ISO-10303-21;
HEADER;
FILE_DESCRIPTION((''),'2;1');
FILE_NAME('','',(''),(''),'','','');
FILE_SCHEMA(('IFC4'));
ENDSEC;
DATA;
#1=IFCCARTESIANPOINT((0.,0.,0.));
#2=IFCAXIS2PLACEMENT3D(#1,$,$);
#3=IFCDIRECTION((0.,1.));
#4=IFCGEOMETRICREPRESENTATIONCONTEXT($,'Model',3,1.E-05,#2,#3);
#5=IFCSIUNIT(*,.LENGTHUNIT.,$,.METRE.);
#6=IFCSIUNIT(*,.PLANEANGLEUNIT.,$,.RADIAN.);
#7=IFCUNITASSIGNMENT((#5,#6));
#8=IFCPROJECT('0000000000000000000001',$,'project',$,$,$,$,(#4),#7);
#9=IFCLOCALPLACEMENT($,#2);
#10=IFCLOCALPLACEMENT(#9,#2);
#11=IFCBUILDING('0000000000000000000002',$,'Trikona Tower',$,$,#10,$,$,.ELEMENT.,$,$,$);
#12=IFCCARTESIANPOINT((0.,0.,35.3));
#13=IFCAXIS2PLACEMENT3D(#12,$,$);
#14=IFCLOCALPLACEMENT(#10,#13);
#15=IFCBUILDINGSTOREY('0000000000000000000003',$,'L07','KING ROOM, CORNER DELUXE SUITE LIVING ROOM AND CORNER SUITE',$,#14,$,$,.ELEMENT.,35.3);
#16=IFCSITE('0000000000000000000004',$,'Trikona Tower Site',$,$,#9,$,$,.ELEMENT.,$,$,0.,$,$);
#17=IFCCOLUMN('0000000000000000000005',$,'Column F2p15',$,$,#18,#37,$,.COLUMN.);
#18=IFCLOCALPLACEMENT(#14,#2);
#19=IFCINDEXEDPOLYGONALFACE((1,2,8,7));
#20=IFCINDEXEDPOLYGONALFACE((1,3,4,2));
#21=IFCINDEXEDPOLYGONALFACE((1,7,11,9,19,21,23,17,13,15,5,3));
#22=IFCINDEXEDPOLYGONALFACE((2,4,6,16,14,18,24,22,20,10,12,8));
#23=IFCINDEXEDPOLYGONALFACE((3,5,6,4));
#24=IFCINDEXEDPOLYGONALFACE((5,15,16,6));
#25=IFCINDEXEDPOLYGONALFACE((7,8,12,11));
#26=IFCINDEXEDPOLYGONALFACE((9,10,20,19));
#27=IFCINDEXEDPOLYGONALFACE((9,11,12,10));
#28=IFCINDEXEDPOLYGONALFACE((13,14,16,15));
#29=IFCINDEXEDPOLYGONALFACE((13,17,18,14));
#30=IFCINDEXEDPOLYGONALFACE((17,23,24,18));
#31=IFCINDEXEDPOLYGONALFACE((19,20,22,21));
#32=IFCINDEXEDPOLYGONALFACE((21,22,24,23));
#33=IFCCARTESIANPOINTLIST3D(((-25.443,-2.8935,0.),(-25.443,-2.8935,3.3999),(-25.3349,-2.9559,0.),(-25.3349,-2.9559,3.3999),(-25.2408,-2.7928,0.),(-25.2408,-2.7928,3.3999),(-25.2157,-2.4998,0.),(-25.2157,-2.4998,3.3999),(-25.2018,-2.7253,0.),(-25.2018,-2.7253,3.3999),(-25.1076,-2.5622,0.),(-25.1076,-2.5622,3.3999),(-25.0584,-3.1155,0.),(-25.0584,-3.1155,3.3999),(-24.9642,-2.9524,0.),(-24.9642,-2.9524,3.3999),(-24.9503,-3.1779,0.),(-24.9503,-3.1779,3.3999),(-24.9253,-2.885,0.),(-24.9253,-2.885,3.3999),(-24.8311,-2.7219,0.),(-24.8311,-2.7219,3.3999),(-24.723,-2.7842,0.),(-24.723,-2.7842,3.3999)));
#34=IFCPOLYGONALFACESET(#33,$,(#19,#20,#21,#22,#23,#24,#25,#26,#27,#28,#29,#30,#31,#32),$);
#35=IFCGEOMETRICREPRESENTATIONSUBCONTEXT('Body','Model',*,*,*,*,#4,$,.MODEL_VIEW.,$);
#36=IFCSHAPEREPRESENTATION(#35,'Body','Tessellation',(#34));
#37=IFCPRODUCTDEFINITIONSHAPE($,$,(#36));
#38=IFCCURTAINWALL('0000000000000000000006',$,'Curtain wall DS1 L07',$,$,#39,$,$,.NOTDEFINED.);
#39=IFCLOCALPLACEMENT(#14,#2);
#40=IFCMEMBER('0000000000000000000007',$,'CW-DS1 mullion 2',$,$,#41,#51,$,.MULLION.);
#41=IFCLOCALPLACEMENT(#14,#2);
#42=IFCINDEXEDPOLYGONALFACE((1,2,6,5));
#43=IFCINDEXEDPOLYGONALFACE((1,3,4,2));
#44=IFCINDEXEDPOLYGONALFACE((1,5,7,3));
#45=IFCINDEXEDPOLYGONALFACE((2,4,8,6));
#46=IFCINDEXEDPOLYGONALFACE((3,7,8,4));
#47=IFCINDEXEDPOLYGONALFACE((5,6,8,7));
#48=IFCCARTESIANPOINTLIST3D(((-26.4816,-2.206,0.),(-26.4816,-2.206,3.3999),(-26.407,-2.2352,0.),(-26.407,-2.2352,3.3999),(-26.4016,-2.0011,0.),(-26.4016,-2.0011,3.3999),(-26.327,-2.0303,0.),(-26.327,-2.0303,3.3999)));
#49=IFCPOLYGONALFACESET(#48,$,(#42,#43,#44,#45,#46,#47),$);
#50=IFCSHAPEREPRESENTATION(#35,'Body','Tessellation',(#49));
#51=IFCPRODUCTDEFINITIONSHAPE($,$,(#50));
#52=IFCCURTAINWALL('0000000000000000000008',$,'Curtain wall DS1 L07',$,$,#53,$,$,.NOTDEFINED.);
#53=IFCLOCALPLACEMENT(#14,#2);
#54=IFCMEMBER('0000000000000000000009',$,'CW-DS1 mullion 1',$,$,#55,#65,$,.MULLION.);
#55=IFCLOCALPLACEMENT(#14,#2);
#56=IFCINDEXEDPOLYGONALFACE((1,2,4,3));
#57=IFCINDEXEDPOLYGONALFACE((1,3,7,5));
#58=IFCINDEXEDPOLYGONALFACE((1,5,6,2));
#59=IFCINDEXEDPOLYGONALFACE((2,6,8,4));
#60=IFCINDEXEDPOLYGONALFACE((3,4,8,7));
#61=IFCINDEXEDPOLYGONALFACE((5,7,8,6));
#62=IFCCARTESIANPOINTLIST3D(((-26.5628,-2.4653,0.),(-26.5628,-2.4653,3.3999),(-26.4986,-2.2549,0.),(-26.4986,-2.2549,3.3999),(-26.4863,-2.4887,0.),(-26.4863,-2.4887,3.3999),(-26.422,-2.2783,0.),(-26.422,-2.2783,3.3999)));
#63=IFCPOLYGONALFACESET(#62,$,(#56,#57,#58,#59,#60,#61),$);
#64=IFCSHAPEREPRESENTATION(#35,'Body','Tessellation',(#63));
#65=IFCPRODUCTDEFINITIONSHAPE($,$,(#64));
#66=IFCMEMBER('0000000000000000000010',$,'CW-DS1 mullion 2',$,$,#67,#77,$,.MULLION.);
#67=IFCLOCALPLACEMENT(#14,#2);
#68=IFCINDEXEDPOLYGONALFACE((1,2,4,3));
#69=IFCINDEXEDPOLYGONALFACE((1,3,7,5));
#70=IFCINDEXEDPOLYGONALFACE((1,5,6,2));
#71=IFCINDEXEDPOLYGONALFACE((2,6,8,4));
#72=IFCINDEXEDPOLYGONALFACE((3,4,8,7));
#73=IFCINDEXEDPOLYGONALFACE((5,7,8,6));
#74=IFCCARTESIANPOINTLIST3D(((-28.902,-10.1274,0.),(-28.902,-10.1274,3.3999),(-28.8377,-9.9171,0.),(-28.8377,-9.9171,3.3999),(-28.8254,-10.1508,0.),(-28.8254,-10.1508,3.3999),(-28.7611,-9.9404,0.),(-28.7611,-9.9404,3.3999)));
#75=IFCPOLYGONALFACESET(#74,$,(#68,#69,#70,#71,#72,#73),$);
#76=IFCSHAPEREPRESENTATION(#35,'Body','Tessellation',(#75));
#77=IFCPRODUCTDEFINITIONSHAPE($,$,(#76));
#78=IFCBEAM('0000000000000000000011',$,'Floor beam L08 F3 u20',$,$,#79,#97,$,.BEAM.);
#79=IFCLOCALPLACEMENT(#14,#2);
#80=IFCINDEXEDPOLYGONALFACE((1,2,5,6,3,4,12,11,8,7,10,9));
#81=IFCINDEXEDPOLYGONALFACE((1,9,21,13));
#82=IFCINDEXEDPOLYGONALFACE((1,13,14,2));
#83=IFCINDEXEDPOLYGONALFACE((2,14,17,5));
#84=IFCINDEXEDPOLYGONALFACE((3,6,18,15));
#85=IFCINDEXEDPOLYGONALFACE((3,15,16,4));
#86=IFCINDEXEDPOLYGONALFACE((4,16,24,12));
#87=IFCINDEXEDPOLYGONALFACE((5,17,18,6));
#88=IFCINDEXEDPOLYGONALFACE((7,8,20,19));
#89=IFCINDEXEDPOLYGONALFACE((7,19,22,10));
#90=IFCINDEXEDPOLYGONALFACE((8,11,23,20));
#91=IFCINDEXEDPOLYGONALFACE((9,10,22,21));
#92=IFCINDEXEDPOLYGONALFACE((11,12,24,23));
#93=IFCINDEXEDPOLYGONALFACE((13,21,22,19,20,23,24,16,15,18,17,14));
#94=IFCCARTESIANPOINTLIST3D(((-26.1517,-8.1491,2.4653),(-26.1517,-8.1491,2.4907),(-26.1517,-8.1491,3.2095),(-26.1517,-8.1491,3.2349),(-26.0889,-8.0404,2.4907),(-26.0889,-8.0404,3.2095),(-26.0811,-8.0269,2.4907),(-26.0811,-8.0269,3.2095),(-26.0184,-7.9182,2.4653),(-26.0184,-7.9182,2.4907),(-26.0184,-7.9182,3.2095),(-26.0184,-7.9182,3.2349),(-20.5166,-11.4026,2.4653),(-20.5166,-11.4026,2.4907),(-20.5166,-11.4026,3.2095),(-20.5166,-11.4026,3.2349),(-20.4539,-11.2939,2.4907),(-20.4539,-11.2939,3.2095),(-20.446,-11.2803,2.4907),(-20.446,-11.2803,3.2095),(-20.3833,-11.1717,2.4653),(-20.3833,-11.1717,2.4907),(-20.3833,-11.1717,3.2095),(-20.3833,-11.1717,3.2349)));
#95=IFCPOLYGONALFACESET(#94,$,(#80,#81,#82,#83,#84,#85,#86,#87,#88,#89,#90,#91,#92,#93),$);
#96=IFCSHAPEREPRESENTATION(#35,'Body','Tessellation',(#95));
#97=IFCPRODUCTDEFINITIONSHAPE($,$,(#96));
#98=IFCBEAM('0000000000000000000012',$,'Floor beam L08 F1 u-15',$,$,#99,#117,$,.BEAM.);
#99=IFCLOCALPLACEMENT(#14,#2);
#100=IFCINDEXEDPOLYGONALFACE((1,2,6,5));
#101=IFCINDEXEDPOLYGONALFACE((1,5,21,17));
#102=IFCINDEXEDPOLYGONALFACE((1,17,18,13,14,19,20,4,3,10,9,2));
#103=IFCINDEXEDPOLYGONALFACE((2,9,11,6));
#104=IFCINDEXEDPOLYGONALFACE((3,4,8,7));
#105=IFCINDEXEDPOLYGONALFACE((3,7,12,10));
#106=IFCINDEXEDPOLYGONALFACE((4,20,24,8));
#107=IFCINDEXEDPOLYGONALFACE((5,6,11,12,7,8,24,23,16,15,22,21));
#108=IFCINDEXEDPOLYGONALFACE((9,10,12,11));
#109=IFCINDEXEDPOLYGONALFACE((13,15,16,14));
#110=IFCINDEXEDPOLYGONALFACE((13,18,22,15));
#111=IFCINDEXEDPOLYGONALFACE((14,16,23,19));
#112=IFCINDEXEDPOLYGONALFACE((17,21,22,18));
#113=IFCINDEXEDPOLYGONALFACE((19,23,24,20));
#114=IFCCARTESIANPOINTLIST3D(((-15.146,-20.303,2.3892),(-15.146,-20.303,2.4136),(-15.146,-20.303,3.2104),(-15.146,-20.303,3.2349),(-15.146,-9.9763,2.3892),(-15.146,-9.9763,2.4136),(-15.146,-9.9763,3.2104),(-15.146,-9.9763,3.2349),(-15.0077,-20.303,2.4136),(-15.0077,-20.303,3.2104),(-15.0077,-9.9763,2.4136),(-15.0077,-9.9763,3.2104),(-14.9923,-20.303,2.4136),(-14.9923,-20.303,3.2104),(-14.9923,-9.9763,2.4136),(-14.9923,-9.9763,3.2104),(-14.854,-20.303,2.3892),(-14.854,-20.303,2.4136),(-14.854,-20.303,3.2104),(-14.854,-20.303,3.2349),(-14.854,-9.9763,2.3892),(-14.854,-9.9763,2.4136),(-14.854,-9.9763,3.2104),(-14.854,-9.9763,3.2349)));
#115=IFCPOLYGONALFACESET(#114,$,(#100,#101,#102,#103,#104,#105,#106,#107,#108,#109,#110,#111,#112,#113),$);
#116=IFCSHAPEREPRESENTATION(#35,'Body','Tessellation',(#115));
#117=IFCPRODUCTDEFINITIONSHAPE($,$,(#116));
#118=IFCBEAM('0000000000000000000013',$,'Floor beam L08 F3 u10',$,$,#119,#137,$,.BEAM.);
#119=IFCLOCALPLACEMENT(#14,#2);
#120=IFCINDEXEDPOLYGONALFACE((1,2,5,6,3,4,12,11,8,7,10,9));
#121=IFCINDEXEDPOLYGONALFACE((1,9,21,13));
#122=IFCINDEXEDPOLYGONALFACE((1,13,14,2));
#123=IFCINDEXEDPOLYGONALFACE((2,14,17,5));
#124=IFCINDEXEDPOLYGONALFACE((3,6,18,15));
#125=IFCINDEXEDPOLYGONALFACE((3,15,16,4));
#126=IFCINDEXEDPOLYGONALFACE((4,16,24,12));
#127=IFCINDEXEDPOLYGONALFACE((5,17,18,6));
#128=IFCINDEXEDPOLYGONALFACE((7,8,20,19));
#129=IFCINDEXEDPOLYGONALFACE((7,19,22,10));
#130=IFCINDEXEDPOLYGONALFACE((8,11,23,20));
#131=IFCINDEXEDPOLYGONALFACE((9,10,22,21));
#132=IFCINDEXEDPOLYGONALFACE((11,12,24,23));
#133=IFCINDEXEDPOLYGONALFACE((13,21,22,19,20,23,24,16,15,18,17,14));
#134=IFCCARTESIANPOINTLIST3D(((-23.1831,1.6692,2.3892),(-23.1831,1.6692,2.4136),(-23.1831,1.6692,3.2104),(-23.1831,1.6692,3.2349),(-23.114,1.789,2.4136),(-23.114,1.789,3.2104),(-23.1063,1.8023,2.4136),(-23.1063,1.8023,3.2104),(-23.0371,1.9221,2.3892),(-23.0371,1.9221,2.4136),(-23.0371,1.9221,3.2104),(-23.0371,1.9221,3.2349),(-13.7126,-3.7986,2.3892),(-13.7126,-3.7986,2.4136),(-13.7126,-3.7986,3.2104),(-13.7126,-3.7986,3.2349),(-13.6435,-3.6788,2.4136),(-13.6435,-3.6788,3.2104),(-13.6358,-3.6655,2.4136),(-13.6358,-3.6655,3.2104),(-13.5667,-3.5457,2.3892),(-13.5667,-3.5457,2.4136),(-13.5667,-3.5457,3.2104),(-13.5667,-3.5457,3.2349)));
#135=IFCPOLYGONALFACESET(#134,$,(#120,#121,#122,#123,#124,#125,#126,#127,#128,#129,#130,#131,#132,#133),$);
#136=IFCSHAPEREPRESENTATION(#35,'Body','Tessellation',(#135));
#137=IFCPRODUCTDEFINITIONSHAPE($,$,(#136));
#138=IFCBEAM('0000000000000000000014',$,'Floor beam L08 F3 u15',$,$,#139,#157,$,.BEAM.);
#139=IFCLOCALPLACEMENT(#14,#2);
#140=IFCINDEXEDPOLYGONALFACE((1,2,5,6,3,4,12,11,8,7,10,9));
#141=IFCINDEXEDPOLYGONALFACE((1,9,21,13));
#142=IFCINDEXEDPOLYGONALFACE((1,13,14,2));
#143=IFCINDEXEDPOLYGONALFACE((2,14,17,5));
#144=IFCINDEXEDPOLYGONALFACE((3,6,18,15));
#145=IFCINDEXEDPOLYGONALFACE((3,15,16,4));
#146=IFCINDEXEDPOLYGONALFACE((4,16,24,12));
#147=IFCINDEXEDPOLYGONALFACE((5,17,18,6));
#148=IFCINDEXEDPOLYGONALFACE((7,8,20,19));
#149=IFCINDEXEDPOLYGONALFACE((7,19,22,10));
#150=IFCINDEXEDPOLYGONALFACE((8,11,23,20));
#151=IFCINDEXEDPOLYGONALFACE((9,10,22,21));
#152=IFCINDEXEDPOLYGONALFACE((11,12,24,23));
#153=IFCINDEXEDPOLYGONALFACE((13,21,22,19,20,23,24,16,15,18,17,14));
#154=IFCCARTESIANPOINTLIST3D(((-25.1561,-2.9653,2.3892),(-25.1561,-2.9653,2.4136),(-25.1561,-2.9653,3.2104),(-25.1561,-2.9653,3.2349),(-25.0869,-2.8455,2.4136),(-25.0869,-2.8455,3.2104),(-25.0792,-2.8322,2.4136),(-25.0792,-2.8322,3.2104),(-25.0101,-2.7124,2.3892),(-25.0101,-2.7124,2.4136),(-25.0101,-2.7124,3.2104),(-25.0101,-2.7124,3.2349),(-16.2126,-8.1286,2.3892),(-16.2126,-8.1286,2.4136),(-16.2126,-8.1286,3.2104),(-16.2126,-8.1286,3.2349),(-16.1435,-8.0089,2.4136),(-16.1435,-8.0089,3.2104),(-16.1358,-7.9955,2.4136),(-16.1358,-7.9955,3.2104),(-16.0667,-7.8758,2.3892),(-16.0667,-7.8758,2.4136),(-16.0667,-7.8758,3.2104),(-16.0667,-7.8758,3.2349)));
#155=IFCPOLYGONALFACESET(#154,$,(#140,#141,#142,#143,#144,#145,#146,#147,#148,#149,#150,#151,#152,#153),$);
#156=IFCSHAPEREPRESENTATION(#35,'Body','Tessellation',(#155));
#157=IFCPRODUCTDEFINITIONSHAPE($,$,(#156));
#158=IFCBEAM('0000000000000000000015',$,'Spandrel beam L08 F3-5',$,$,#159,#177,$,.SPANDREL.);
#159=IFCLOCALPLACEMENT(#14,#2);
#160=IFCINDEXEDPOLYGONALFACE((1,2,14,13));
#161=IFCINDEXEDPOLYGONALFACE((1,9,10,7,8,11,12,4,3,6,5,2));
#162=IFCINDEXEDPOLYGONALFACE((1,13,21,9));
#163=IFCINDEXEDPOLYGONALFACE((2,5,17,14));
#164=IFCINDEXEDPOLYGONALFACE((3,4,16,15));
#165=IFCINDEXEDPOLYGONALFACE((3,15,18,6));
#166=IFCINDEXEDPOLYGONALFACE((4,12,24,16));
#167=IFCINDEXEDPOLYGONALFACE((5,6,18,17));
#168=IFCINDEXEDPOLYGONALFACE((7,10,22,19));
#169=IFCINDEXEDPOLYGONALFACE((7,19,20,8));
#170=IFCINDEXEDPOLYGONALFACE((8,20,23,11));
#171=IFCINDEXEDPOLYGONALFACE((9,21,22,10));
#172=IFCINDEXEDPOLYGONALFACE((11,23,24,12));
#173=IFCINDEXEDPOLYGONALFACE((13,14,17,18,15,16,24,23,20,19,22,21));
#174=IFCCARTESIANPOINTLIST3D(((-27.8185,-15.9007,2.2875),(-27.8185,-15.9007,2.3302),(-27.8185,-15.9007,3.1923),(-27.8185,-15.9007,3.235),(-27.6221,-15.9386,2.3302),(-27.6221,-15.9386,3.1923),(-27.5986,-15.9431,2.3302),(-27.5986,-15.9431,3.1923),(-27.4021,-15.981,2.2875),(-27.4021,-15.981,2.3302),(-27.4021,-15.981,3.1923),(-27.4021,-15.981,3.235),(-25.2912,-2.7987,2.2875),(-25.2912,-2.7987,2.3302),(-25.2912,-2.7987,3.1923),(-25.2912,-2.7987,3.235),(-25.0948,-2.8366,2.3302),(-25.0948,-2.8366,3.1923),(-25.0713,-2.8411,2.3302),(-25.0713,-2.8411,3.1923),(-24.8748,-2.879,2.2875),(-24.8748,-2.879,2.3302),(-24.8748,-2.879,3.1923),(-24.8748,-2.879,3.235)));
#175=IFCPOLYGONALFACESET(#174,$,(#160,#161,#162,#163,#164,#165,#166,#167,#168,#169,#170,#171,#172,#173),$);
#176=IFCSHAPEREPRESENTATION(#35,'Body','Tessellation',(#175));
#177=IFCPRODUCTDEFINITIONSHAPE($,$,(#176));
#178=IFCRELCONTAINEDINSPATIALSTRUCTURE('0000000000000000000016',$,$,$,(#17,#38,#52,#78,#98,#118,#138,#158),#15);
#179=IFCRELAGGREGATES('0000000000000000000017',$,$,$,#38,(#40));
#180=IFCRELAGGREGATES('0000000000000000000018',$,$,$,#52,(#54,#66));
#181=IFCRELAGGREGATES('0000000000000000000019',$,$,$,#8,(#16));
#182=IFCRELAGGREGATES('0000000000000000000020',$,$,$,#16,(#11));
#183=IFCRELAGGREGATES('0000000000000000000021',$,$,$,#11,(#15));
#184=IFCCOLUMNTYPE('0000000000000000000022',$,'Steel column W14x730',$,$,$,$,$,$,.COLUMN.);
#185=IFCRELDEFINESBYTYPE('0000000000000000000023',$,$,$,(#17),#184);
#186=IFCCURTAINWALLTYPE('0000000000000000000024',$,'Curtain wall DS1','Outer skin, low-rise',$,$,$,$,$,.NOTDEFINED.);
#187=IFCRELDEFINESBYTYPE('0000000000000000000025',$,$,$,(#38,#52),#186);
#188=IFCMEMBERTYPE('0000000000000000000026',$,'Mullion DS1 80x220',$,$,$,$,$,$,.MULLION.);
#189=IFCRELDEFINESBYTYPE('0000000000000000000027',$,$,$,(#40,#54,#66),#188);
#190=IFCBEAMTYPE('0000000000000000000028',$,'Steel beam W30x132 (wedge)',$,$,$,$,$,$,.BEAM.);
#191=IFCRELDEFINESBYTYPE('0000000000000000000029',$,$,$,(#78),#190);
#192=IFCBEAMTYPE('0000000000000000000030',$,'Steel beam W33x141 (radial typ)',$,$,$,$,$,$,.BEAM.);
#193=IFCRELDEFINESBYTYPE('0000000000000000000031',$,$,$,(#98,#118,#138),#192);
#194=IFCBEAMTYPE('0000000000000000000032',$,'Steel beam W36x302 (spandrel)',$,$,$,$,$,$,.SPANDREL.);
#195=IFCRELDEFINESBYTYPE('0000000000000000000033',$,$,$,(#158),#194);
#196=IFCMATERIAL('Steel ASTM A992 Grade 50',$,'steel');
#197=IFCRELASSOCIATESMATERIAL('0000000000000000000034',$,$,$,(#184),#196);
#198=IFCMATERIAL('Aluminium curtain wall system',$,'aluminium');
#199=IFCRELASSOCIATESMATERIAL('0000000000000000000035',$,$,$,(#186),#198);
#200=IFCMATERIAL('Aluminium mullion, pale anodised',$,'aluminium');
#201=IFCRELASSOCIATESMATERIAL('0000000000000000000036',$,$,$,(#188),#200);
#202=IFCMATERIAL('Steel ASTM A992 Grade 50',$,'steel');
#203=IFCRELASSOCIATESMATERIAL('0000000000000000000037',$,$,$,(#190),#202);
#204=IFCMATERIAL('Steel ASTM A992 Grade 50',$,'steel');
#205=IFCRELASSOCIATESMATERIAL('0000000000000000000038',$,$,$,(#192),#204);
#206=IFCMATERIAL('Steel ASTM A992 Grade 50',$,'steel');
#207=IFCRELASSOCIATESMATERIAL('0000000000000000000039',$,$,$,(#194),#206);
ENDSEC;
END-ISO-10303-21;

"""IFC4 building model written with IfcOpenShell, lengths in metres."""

from ifc_helpers import new_model, si_unit, direction, frame, origin, origin_2d, place, context, subcontext, project, spatial, rectangle, i_section, extrude, material, material_profile, profile_set, type_object, element, aggregate, save


model = new_model("IFC4")

# Units and contexts
model_context = context("Model", 3, precision=1e-05, world=origin(), true_north=direction((0.0, 1.0)))
body_context = subcontext(model_context, "Body", "Model", "MODEL_VIEW")
ifc_project = project(units=[si_unit("LENGTHUNIT", "METRE"), si_unit("PLANEANGLEUNIT", "RADIAN")], contexts=[model_context])

# Site, building, storey
site_placement = place(None, origin())
site = spatial("IfcSite", under=ifc_project, at=site_placement, Name="Trikona Tower Site", CompositionType="ELEMENT", RefElevation=0.0)
building_placement = place(site_placement, origin())
building = spatial("IfcBuilding", under=site, at=building_placement, Name="Trikona Tower", CompositionType="ELEMENT")
storey_placement = place(building_placement, frame((0.0, 0.0, 35.3)))
storey = spatial("IfcBuildingStorey", under=building, at=storey_placement, Name="L07", Description="KING ROOM, CORNER DELUXE SUITE LIVING ROOM AND CORNER SUITE", CompositionType="ELEMENT", Elevation=35.3)

# Column
ifc_material_1 = material(Name="Steel ASTM A992 Grade 50", Category="steel")
ifc_material_profile_1 = material_profile(ifc_material_1, i_section(OverallWidth=0.4546, OverallDepth=0.5688, WebThickness=0.0779, FlangeThickness=0.1248, at=origin_2d()), Name="W14X730")
ifc_profile_set_1 = profile_set([ifc_material_profile_1], Name="Steel ASTM A992 Grade 50")
column_type = type_object("IfcColumnType", Name="Steel column W14x730", PredefinedType="COLUMN", material=ifc_profile_set_1)
column_placement = place(storey_placement, frame((-25.083, -2.8389, 0.0), z_axis=(0.0, 0.0, 1.0), x_axis=(-0.5, -0.866025, 0.0)))
element("IfcColumn", 1, at=column_placement, inside=storey, type_object=column_type, Name="Column F2p15", PredefinedType="COLUMN", context=body_context, shape_type="SweptSolid", body=[
    extrude(i_section(OverallWidth=0.4546, OverallDepth=0.5688, WebThickness=0.0779, FlangeThickness=0.1248, at=origin_2d()), origin(), (0.0, 0.0, 1.0), 3.3999),
])

# Curtain wall, member
ifc_material_2 = material(Name="Aluminium curtain wall system", Category="aluminium")
curtain_wall_type = type_object("IfcCurtainWallType", Name="Curtain wall DS1", Description="Outer skin, low-rise", PredefinedType="NOTDEFINED", material=ifc_material_2)
curtain_wall_1_placement = place(storey_placement, origin())
curtain_wall_1 = element("IfcCurtainWall", 2, at=curtain_wall_1_placement, inside=storey, type_object=curtain_wall_type, Name="Curtain wall DS1 L07", PredefinedType="NOTDEFINED")
ifc_material_3 = material(Name="Aluminium mullion, pale anodised", Category="aluminium")
ifc_material_profile_2 = material_profile(ifc_material_3, rectangle(XDim=0.0801, YDim=0.22, at=origin_2d()), Name="MUL-DS1")
ifc_profile_set_2 = profile_set([ifc_material_profile_2], Name="Aluminium mullion, pale anodised")
member_type_1 = type_object("IfcMemberType", Name="Mullion DS1 80x220", PredefinedType="MULLION", material=ifc_profile_set_2)
member_1_placement = place(storey_placement, frame((-26.4043, -2.1182, 0.0), z_axis=(0.0, 0.0, 1.0), x_axis=(0.931396, -0.364008, 0.0)))
member_1 = element("IfcMember", 3, at=member_1_placement, type_object=member_type_1, Name="CW-DS1 mullion 2", PredefinedType="MULLION", context=body_context, shape_type="SweptSolid", body=[
    extrude(rectangle(XDim=0.0801, YDim=0.22, at=origin_2d()), origin(), (0.0, 0.0, 1.0), 3.3999),
])
aggregate(curtain_wall_1, [member_1])

# Curtain wall, members
curtain_wall_2_placement = place(storey_placement, origin())
curtain_wall_2 = element("IfcCurtainWall", 4, at=curtain_wall_2_placement, inside=storey, type_object=curtain_wall_type, Name="Curtain wall DS1 L07", PredefinedType="NOTDEFINED")
member_2_placement = place(storey_placement, frame((-26.4924, -2.3718, 0.0), z_axis=(0.0, 0.0, 1.0), x_axis=(0.956423, -0.291984, 0.0)))
member_2 = element("IfcMember", 5, at=member_2_placement, type_object=member_type_1, Name="CW-DS1 mullion 1", PredefinedType="MULLION", context=body_context, shape_type="SweptSolid", body=[
    extrude(rectangle(XDim=0.0801, YDim=0.22, at=origin_2d()), origin(), (0.0, 0.0, 1.0), 3.3999),
])
member_3_placement = place(storey_placement, frame((-28.8315, -10.0339, 0.0), z_axis=(0.0, 0.0, 1.0), x_axis=(0.956423, -0.291984, 0.0)))
member_3 = element("IfcMember", 6, at=member_3_placement, type_object=member_type_1, Name="CW-DS1 mullion 2", PredefinedType="MULLION", context=body_context, shape_type="SweptSolid", body=[
    extrude(rectangle(XDim=0.0801, YDim=0.22, at=origin_2d()), origin(), (0.0, 0.0, 1.0), 3.3999),
])

# Beams
ifc_material_4 = material(Name="Steel ASTM A992 Grade 50", Category="steel")
ifc_material_profile_3 = material_profile(ifc_material_4, i_section(OverallWidth=0.2666, OverallDepth=0.7695, WebThickness=0.0156, FlangeThickness=0.0254, at=origin_2d()), Name="W30X132")
ifc_profile_set_3 = profile_set([ifc_material_profile_3], Name="Steel ASTM A992 Grade 50")
beam_type_1 = type_object("IfcBeamType", Name="Steel beam W30x132 (wedge)", PredefinedType="BEAM", material=ifc_profile_set_3)
beam_1_placement = place(storey_placement, frame((-20.45, -11.2871, 2.8501), z_axis=(-0.866023, 0.500005, 0.0), x_axis=(-0.500005, -0.866023, 0.0)))
element("IfcBeam", 7, at=beam_1_placement, inside=storey, type_object=beam_type_1, Name="Floor beam L08 F3 u20", PredefinedType="BEAM", context=body_context, shape_type="SweptSolid", body=[
    extrude(i_section(OverallWidth=0.2666, OverallDepth=0.7695, WebThickness=0.0156, FlangeThickness=0.0254, at=origin_2d()), origin(), (0.0, 0.0, 1.0), 6.5068),
])
ifc_material_5 = material(Name="Steel ASTM A992 Grade 50", Category="steel")
ifc_material_profile_4 = material_profile(ifc_material_5, i_section(OverallWidth=0.292, OverallDepth=0.8457, WebThickness=0.0154, FlangeThickness=0.0244, at=origin_2d()), Name="W33X141")
ifc_profile_set_4 = profile_set([ifc_material_profile_4], Name="Steel ASTM A992 Grade 50")
beam_type_2 = type_object("IfcBeamType", Name="Steel beam W33x141 (radial typ)", PredefinedType="BEAM", material=ifc_profile_set_4)
beam_2_placement = place(storey_placement, frame((-15.0, -9.9763, 2.812), z_axis=(0.0, -1.0, 0.0), x_axis=(1.0, 0.0, 0.0)))
element("IfcBeam", 8, at=beam_2_placement, inside=storey, type_object=beam_type_2, Name="Floor beam L08 F1 u-15", PredefinedType="BEAM", context=body_context, shape_type="SweptSolid", body=[
    extrude(i_section(OverallWidth=0.292, OverallDepth=0.8457, WebThickness=0.0154, FlangeThickness=0.0244, at=origin_2d()), origin(), (0.0, 0.0, 1.0), 10.3267),
])
beam_3_placement = place(storey_placement, frame((-13.6396, -3.6721, 2.812), z_axis=(-0.866025, 0.5, 0.0), x_axis=(-0.5, -0.866025, 0.0)))
element("IfcBeam", 9, at=beam_3_placement, inside=storey, type_object=beam_type_2, Name="Floor beam L08 F3 u10", PredefinedType="BEAM", context=body_context, shape_type="SweptSolid", body=[
    extrude(i_section(OverallWidth=0.292, OverallDepth=0.8457, WebThickness=0.0154, FlangeThickness=0.0244, at=origin_2d()), origin(), (0.0, 0.0, 1.0), 10.9355),
])
beam_4_placement = place(storey_placement, frame((-16.1396, -8.0022, 2.812), z_axis=(-0.86603, 0.499991, 0.0), x_axis=(-0.499991, -0.86603, 0.0)))
element("IfcBeam", 10, at=beam_4_placement, inside=storey, type_object=beam_type_2, Name="Floor beam L08 F3 u15", PredefinedType="BEAM", context=body_context, shape_type="SweptSolid", body=[
    extrude(i_section(OverallWidth=0.292, OverallDepth=0.8457, WebThickness=0.0154, FlangeThickness=0.0244, at=origin_2d()), origin(), (0.0, 0.0, 1.0), 10.3269),
])
ifc_material_6 = material(Name="Steel ASTM A992 Grade 50", Category="steel")
ifc_material_profile_5 = material_profile(ifc_material_6, i_section(OverallWidth=0.4241, OverallDepth=0.9475, WebThickness=0.0239, FlangeThickness=0.0427, at=origin_2d()), Name="W36X302")
ifc_profile_set_5 = profile_set([ifc_material_profile_5], Name="Steel ASTM A992 Grade 50")
beam_type_3 = type_object("IfcBeamType", Name="Steel beam W36x302 (spandrel)", PredefinedType="SPANDREL", material=ifc_profile_set_5)
beam_5_placement = place(storey_placement, frame((-25.083, -2.8389, 2.7612), z_axis=(-0.189405, -0.981899, 0.0), x_axis=(0.981899, -0.189405, 0.0)))
element("IfcBeam", 11, at=beam_5_placement, inside=storey, type_object=beam_type_3, Name="Spandrel beam L08 F3-5", PredefinedType="SPANDREL", context=body_context, shape_type="SweptSolid", body=[
    extrude(i_section(OverallWidth=0.4241, OverallDepth=0.9475, WebThickness=0.0239, FlangeThickness=0.0427, at=origin_2d()), origin(), (0.0, 0.0, 1.0), 13.3435),
])

aggregate(curtain_wall_2, [member_2, member_3])

save(model, "model.ifc")
